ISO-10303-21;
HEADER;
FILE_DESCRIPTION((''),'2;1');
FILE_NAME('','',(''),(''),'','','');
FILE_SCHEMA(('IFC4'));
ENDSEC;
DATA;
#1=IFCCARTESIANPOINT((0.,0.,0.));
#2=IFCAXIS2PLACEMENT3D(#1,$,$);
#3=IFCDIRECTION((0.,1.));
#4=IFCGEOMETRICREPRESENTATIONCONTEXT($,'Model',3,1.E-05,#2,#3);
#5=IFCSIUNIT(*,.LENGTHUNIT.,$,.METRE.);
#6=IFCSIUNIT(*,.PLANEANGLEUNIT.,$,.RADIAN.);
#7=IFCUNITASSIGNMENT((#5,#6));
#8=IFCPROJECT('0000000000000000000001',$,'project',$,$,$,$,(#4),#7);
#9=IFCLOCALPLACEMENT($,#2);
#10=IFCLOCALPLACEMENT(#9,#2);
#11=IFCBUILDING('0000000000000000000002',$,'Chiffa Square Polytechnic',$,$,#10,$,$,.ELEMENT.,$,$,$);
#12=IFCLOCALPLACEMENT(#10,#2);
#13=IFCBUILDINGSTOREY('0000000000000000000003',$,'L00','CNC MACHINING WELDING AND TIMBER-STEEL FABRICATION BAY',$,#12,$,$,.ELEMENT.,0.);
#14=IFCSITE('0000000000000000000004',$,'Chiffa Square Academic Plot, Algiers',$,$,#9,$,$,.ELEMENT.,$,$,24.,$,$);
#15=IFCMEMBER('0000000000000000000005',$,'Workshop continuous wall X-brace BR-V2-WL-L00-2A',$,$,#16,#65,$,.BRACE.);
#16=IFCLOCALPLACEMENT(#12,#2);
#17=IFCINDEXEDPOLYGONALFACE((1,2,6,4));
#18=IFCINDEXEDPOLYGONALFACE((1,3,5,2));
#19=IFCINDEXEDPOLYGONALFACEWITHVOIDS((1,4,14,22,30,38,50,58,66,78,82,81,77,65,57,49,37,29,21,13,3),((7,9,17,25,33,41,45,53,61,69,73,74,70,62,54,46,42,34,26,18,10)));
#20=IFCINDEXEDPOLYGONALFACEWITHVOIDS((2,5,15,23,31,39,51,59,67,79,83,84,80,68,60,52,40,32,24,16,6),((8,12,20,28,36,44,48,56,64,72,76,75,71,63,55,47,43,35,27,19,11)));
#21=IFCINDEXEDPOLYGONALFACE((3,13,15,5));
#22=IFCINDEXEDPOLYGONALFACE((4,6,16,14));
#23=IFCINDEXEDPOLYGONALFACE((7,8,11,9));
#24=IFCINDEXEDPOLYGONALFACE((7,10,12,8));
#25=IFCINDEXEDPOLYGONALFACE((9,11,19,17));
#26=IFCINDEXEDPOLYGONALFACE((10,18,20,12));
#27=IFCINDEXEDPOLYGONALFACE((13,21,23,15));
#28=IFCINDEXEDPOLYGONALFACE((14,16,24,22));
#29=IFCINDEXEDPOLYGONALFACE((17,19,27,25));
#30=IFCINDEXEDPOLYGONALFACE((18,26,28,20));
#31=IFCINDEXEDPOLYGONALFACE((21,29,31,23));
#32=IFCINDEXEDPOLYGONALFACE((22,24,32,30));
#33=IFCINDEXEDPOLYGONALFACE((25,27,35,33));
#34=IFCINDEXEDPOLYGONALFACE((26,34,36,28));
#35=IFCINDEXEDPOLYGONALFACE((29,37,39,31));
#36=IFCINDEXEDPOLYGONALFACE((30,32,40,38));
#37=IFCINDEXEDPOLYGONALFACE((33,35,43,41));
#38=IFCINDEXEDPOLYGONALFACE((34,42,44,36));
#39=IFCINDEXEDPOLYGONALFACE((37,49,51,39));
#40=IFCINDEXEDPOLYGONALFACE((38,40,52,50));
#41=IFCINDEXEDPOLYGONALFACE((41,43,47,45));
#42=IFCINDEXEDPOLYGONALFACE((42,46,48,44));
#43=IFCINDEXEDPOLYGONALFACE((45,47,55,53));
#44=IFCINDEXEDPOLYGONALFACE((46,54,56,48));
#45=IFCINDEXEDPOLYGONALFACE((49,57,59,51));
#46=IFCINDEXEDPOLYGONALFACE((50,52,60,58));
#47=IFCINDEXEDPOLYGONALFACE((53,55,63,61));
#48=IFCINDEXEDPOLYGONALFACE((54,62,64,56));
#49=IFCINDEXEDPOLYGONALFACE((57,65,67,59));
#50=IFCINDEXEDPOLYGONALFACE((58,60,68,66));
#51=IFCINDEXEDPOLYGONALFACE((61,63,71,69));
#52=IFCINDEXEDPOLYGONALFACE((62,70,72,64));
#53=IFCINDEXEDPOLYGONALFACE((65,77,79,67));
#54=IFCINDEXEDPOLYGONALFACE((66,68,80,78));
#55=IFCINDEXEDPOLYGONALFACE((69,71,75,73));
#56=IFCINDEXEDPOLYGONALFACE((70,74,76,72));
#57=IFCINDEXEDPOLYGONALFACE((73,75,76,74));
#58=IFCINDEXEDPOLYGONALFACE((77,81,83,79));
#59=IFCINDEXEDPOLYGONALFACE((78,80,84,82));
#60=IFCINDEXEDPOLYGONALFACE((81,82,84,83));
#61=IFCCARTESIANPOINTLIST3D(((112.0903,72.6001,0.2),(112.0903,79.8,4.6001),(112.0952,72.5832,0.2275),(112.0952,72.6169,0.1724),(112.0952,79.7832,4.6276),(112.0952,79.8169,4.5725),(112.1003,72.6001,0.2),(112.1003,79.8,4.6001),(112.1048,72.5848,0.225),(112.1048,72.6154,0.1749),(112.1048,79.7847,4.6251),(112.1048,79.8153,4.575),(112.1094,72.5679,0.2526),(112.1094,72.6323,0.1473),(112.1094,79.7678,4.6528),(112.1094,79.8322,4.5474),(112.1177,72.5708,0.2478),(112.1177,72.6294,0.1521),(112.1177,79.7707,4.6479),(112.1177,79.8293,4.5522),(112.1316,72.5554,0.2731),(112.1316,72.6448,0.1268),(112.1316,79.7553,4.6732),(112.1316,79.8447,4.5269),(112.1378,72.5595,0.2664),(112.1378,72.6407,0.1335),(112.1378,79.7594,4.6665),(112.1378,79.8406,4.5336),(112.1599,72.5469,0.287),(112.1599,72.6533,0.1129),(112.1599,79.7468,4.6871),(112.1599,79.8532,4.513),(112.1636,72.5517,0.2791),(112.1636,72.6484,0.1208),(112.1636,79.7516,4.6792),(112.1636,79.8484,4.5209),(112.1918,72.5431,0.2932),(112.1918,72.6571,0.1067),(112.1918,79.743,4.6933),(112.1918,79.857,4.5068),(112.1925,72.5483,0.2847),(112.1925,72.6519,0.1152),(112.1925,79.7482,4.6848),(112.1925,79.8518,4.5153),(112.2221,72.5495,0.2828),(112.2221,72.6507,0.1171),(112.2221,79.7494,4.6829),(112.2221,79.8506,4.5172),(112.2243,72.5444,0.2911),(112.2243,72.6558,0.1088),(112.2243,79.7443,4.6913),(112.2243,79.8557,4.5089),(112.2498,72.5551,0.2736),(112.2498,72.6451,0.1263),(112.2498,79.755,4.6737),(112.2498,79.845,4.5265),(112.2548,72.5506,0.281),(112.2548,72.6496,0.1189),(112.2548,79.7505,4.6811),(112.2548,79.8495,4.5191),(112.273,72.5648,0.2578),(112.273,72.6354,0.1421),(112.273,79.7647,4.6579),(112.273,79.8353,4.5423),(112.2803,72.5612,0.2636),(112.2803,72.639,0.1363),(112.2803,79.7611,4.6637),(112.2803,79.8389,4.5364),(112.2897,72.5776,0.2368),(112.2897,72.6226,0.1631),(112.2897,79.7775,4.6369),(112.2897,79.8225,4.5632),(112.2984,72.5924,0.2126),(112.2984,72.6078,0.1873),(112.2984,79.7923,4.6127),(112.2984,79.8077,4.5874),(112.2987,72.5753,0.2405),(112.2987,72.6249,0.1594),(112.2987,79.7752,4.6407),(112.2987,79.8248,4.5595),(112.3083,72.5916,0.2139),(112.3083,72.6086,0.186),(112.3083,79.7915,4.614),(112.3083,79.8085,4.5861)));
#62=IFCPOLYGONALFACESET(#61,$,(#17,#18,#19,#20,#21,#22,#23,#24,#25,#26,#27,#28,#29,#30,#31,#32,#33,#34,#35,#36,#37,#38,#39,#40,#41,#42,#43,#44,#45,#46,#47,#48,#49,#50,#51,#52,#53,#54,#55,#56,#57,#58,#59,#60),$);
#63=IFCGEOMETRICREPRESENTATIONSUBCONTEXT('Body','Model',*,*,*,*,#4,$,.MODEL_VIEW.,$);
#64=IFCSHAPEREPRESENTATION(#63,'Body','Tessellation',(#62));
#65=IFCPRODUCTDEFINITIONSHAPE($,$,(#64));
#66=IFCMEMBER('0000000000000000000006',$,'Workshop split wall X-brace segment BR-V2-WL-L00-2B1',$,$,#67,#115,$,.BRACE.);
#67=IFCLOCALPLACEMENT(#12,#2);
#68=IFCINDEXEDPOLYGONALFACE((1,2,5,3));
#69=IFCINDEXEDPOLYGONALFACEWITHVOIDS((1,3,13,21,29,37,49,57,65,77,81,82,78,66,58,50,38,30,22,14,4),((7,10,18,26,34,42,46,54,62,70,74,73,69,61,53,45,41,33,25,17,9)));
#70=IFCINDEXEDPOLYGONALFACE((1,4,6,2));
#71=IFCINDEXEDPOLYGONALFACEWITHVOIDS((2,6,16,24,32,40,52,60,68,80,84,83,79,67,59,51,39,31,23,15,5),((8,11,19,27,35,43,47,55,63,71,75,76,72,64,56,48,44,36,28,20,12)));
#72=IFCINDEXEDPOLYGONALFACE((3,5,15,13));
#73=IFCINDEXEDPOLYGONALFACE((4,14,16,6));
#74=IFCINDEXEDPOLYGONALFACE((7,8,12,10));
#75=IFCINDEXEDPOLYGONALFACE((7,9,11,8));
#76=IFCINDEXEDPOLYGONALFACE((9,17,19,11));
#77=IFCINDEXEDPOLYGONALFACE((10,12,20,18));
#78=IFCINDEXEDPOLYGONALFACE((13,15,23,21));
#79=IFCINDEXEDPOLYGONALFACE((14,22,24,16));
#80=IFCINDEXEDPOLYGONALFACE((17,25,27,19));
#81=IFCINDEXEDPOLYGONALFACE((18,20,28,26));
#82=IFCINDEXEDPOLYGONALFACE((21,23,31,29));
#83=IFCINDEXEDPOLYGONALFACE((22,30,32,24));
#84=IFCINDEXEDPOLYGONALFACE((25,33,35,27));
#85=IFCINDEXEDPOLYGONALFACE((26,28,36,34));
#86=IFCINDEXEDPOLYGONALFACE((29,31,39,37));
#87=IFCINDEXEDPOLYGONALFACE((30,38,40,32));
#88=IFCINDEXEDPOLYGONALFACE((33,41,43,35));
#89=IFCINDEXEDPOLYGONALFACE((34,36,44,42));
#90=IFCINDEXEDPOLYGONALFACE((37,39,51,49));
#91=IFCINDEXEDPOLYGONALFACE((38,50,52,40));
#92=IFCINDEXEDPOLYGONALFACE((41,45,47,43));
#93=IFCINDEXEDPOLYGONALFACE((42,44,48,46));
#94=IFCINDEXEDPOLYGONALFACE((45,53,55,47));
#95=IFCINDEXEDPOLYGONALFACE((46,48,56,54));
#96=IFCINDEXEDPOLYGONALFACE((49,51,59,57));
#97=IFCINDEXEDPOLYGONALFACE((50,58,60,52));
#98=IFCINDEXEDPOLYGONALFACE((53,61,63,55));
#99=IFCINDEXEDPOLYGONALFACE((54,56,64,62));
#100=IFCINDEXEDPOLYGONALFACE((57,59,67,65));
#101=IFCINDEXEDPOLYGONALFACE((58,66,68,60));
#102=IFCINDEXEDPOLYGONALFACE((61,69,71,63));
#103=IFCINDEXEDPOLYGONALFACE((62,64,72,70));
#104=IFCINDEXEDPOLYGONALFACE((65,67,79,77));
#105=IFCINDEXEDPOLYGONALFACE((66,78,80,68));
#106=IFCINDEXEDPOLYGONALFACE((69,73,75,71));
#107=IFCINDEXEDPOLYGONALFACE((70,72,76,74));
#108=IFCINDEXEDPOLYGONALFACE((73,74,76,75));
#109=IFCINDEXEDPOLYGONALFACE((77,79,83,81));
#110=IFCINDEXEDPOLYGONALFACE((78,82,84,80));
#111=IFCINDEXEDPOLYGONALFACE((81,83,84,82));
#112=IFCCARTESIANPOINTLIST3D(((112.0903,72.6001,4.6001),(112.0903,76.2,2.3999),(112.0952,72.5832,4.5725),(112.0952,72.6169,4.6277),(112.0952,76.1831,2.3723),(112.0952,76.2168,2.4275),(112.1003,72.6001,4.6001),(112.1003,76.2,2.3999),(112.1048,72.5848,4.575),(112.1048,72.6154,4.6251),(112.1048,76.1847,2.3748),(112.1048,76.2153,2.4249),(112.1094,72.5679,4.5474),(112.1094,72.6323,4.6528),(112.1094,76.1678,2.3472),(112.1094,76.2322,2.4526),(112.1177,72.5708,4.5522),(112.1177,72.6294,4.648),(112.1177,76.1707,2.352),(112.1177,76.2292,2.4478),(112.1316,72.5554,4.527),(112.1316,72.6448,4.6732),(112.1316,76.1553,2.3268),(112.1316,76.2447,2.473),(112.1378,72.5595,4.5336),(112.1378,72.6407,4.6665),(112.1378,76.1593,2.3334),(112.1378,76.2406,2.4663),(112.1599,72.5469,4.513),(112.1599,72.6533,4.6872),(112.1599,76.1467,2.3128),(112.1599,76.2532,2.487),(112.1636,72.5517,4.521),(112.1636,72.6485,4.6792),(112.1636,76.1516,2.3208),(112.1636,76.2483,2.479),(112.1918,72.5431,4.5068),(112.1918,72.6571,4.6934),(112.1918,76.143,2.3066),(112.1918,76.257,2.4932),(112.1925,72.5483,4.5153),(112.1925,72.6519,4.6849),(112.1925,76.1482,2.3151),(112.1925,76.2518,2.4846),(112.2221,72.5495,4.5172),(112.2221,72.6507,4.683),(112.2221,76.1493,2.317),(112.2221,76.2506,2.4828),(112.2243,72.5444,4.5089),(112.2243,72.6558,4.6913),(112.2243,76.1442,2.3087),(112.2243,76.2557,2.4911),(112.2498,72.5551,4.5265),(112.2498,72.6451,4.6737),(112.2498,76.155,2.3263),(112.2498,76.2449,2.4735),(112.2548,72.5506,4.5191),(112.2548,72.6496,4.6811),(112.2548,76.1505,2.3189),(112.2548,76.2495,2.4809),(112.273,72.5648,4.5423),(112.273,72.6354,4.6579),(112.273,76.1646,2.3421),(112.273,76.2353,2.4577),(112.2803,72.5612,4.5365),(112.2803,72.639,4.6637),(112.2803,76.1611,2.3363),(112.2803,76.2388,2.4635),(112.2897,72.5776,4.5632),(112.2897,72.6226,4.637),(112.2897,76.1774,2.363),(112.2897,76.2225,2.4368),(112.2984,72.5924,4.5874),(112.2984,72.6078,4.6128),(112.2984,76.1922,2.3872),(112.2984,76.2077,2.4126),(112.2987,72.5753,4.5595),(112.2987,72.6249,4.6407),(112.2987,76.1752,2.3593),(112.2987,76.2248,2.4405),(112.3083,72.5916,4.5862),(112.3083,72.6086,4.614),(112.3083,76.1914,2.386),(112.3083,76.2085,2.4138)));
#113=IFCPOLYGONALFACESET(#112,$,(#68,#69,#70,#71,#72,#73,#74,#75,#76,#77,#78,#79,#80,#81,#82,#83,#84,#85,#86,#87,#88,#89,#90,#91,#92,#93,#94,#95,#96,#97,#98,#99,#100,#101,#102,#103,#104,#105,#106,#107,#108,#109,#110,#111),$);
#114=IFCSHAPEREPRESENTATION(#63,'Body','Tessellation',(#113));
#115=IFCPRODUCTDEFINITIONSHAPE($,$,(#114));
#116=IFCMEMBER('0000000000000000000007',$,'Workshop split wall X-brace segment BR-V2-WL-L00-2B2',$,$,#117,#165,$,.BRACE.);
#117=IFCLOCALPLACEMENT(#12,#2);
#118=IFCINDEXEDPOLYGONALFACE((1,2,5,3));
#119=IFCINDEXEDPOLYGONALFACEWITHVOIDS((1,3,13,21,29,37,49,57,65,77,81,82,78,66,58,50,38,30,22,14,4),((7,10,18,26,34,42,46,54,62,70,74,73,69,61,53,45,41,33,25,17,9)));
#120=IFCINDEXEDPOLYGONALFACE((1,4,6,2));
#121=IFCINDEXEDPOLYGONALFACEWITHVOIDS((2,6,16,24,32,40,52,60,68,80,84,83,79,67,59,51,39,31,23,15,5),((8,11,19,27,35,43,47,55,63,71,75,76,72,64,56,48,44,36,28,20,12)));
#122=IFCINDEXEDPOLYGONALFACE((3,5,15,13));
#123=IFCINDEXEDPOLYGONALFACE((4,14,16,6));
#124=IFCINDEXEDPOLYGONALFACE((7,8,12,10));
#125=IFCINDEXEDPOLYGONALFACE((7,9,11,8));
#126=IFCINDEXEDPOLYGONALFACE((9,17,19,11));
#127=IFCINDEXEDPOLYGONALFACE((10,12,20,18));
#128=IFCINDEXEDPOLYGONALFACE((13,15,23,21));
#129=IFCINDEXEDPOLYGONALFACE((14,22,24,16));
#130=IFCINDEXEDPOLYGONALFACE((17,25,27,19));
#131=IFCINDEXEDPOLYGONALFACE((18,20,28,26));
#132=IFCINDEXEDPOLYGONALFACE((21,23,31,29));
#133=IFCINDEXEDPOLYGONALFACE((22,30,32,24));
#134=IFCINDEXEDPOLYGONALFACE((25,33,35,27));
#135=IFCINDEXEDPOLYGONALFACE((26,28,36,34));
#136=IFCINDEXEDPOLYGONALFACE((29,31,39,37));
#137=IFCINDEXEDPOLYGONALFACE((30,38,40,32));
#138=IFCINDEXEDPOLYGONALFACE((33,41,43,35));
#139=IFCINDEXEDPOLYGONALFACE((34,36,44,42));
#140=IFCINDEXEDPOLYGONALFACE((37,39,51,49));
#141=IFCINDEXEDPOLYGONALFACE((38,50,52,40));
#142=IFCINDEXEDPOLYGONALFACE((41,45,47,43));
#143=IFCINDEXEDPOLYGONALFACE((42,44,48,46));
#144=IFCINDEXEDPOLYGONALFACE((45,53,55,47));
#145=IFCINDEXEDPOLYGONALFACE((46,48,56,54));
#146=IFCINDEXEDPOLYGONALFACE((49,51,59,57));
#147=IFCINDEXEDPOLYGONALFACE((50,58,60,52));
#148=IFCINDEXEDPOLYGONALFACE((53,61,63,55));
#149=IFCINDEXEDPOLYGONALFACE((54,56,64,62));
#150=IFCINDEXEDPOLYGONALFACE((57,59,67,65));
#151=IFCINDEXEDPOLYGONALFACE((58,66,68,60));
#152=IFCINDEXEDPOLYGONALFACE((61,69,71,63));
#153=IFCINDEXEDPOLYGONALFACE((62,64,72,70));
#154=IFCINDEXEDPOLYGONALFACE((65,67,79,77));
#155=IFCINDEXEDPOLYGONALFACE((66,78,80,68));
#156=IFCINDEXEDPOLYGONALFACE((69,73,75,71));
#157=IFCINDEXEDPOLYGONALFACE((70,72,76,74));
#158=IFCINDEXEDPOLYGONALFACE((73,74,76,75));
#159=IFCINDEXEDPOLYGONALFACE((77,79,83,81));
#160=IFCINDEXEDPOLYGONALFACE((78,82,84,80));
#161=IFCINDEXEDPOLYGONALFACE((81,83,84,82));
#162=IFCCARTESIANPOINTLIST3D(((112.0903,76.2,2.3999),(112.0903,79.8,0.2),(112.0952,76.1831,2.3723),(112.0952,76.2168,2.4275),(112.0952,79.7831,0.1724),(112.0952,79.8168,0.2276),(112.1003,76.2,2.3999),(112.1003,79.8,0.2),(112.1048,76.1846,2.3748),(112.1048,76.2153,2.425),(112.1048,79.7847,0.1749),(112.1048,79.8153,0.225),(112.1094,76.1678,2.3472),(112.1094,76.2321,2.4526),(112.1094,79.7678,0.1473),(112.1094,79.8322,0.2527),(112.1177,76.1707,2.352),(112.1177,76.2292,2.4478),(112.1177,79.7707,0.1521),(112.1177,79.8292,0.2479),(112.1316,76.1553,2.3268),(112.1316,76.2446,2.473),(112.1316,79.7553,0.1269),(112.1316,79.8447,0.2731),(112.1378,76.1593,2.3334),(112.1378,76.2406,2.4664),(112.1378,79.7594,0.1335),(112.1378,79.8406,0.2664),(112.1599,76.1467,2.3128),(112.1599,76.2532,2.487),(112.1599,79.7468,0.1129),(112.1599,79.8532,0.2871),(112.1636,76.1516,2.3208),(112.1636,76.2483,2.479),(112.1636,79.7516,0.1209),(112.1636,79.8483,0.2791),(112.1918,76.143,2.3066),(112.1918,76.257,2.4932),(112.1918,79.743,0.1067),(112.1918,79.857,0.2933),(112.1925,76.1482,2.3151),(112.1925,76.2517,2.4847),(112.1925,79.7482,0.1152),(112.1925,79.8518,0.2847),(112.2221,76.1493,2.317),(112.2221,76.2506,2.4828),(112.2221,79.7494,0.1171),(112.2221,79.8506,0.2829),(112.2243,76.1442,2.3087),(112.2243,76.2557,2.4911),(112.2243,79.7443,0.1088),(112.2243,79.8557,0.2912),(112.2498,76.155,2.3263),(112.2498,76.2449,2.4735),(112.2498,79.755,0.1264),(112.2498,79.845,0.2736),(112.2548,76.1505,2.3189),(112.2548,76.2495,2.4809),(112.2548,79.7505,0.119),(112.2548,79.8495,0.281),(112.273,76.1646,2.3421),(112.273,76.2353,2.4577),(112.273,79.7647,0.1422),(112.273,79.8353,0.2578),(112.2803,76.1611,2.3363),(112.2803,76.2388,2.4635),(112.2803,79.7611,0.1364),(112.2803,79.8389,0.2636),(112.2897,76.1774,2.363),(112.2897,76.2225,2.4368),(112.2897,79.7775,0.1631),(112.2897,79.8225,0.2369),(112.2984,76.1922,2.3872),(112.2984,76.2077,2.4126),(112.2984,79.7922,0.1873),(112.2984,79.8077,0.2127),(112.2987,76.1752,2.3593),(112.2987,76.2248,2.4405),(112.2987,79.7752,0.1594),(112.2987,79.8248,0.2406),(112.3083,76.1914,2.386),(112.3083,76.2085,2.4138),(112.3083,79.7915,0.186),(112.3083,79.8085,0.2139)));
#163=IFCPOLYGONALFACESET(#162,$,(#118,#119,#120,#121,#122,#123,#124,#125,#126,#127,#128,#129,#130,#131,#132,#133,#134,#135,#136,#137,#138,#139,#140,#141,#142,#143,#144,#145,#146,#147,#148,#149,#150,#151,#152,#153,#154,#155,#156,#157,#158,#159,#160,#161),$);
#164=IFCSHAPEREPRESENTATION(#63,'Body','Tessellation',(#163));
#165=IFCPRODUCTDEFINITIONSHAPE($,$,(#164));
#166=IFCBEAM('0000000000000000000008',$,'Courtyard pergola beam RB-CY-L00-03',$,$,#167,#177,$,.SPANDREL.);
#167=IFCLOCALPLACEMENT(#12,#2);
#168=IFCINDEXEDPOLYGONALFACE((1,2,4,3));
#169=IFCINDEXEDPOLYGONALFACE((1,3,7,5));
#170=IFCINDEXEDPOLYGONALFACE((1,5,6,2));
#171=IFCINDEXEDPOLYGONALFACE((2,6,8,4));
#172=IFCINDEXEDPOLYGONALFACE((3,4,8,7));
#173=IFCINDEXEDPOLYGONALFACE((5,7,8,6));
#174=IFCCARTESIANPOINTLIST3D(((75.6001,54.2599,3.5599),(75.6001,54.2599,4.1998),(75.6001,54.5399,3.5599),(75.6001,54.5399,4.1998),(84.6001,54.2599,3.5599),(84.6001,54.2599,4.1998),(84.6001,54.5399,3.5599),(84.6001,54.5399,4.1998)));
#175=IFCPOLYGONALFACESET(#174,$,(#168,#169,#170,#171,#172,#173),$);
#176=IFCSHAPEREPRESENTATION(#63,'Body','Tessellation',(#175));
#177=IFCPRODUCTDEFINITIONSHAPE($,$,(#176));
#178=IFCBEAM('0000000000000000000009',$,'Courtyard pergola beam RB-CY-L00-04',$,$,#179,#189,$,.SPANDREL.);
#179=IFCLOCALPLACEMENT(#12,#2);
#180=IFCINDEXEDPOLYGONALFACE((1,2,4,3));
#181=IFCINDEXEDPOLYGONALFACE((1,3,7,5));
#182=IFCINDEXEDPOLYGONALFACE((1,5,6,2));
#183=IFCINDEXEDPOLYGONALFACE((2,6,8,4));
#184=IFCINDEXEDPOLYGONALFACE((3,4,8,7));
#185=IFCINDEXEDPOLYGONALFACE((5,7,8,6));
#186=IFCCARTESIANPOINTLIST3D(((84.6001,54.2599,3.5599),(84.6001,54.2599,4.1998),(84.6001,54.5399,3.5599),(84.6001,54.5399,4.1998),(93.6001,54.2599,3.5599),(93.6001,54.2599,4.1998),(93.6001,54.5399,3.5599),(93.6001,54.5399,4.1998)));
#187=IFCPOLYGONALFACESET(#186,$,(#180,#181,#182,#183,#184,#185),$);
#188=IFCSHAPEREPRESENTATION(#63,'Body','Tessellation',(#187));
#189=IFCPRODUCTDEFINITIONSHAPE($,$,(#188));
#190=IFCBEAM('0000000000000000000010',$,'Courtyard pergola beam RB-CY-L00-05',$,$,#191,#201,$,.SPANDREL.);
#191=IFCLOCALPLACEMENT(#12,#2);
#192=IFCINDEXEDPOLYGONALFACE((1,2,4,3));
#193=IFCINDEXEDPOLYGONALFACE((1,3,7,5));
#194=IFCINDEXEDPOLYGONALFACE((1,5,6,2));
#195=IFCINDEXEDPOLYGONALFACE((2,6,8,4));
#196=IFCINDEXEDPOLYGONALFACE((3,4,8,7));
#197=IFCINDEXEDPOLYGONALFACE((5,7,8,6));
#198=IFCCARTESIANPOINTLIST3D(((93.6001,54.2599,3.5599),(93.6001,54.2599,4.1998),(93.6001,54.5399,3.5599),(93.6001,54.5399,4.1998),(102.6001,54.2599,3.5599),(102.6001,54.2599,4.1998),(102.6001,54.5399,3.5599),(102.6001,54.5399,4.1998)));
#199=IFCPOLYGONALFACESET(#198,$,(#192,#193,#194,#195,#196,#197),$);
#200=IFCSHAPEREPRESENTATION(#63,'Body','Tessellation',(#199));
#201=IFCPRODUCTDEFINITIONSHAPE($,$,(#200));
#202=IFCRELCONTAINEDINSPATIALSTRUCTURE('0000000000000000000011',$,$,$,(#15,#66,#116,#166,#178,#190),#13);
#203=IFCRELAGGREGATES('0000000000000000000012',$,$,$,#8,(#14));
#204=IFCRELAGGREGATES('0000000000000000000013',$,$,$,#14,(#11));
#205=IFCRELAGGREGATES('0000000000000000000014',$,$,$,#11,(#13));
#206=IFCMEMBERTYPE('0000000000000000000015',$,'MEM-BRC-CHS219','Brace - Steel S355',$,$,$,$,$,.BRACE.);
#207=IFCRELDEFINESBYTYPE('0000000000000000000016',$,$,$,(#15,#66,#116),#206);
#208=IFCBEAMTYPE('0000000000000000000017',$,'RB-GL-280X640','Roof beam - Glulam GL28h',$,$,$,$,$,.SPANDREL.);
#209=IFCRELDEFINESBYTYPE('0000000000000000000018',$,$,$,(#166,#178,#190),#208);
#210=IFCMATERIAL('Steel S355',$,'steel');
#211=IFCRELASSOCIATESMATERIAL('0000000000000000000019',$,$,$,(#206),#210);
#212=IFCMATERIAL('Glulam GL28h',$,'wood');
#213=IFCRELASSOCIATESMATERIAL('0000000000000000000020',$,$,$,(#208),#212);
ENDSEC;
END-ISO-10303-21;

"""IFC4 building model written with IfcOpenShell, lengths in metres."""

from ifc_helpers import new_model, si_unit, direction, frame, origin, origin_2d, place, context, subcontext, project, spatial, rectangle, hollow_circle, extrude, material, material_profile, profile_set, type_object, element, save


model = new_model("IFC4")

# Units and contexts
model_context = context("Model", 3, precision=1e-05, world=origin(), true_north=direction((0.0, 1.0)))
body_context = subcontext(model_context, "Body", "Model", "MODEL_VIEW")
ifc_project = project(units=[si_unit("LENGTHUNIT", "METRE"), si_unit("PLANEANGLEUNIT", "RADIAN")], contexts=[model_context])

# Site, building, storey
site_placement = place(None, origin())
site = spatial("IfcSite", under=ifc_project, at=site_placement, Name="Chiffa Square Academic Plot, Algiers", CompositionType="ELEMENT", RefElevation=24.0)
building_placement = place(site_placement, origin())
building = spatial("IfcBuilding", under=site, at=building_placement, Name="Chiffa Square Polytechnic", CompositionType="ELEMENT")
storey_placement = place(building_placement, origin())
storey = spatial("IfcBuildingStorey", under=building, at=storey_placement, Name="L00", Description="CNC MACHINING WELDING AND TIMBER-STEEL FABRICATION BAY", CompositionType="ELEMENT", Elevation=0.0)

# Shared definitions
ifc_material_1 = material(Name="Steel S355", Category="steel")

# Members
ifc_material_profile_1 = material_profile(ifc_material_1, hollow_circle(Radius=0.1096, WallThickness=0.01, at=origin_2d()), Name="CHS 219.1x10")
ifc_profile_set_1 = profile_set([ifc_material_profile_1], Name="Steel S355")
member_type = type_object("IfcMemberType", Name="MEM-BRC-CHS219", Description="Brace - Steel S355", PredefinedType="BRACE", material=ifc_profile_set_1)
member_1_placement = place(storey_placement, frame((112.2, 72.6001, 0.2), z_axis=(0.0, 0.853273, 0.521465), x_axis=(-1.0, 0.0, 0.0)))
element("IfcMember", 1, at=member_1_placement, inside=storey, type_object=member_type, Name="Workshop continuous wall X-brace BR-V2-WL-L00-2A", PredefinedType="BRACE", context=body_context, shape_type="SweptSolid", body=[
    extrude(hollow_circle(Radius=0.1096, WallThickness=0.01, at=origin_2d()), origin(), (0.0, 0.0, 1.0), 8.438),
])
for number, where, z_axis, x_axis, name in (
    (2, (112.2, 72.6001, 4.6001), (0.0, 0.853252, -0.521499), (-1.0, 0.0, 0.0), "Workshop split wall X-brace segment BR-V2-WL-L00-2B1"),
    (3, (112.2, 76.2, 2.3999), (0.0, 0.853293, -0.521431), (-1.0, 0.0, 0.0), "Workshop split wall X-brace segment BR-V2-WL-L00-2B2"),
):
    element("IfcMember", number, at=place(storey_placement, frame(where, z_axis=z_axis, x_axis=x_axis)), inside=storey, type_object=member_type, Name=name, PredefinedType="BRACE", context=body_context, shape_type="SweptSolid", body=[
        extrude(hollow_circle(Radius=0.1096, WallThickness=0.01, at=origin_2d()), origin(), (0.0, 0.0, 1.0), 4.219),
    ])

# Beams
ifc_material_2 = material(Name="Glulam GL28h", Category="wood")
ifc_material_profile_2 = material_profile(ifc_material_2, rectangle(XDim=0.28, YDim=0.6399, at=origin_2d()), Name="GL28h 280x640")
ifc_profile_set_2 = profile_set([ifc_material_profile_2], Name="Glulam GL28h")
beam_type_1 = type_object("IfcBeamType", Name="RB-GL-280X640", Description="Roof beam - Glulam GL28h", PredefinedType="SPANDREL", material=ifc_profile_set_2)
for number, where, z_axis, x_axis, name in (
    (4, (75.6001, 54.3999, 3.8799), (1.0, 0.0, 0.0), (0.0, 1.0, 0.0), "Courtyard pergola beam RB-CY-L00-03"),
    (5, (84.6001, 54.3999, 3.8799), (1.0, 0.0, 0.0), (0.0, 1.0, 0.0), "Courtyard pergola beam RB-CY-L00-04"),
    (6, (93.6001, 54.3999, 3.8799), (1.0, 0.0, 0.0), (0.0, 1.0, 0.0), "Courtyard pergola beam RB-CY-L00-05"),
):
    element("IfcBeam", number, at=place(storey_placement, frame(where, z_axis=z_axis, x_axis=x_axis)), inside=storey, type_object=beam_type_1, Name=name, PredefinedType="SPANDREL", context=body_context, shape_type="SweptSolid", body=[
        extrude(rectangle(XDim=0.28, YDim=0.6399, at=origin_2d()), origin(), (0.0, 0.0, 1.0), 9.0),
    ])

save(model, "model.ifc")
